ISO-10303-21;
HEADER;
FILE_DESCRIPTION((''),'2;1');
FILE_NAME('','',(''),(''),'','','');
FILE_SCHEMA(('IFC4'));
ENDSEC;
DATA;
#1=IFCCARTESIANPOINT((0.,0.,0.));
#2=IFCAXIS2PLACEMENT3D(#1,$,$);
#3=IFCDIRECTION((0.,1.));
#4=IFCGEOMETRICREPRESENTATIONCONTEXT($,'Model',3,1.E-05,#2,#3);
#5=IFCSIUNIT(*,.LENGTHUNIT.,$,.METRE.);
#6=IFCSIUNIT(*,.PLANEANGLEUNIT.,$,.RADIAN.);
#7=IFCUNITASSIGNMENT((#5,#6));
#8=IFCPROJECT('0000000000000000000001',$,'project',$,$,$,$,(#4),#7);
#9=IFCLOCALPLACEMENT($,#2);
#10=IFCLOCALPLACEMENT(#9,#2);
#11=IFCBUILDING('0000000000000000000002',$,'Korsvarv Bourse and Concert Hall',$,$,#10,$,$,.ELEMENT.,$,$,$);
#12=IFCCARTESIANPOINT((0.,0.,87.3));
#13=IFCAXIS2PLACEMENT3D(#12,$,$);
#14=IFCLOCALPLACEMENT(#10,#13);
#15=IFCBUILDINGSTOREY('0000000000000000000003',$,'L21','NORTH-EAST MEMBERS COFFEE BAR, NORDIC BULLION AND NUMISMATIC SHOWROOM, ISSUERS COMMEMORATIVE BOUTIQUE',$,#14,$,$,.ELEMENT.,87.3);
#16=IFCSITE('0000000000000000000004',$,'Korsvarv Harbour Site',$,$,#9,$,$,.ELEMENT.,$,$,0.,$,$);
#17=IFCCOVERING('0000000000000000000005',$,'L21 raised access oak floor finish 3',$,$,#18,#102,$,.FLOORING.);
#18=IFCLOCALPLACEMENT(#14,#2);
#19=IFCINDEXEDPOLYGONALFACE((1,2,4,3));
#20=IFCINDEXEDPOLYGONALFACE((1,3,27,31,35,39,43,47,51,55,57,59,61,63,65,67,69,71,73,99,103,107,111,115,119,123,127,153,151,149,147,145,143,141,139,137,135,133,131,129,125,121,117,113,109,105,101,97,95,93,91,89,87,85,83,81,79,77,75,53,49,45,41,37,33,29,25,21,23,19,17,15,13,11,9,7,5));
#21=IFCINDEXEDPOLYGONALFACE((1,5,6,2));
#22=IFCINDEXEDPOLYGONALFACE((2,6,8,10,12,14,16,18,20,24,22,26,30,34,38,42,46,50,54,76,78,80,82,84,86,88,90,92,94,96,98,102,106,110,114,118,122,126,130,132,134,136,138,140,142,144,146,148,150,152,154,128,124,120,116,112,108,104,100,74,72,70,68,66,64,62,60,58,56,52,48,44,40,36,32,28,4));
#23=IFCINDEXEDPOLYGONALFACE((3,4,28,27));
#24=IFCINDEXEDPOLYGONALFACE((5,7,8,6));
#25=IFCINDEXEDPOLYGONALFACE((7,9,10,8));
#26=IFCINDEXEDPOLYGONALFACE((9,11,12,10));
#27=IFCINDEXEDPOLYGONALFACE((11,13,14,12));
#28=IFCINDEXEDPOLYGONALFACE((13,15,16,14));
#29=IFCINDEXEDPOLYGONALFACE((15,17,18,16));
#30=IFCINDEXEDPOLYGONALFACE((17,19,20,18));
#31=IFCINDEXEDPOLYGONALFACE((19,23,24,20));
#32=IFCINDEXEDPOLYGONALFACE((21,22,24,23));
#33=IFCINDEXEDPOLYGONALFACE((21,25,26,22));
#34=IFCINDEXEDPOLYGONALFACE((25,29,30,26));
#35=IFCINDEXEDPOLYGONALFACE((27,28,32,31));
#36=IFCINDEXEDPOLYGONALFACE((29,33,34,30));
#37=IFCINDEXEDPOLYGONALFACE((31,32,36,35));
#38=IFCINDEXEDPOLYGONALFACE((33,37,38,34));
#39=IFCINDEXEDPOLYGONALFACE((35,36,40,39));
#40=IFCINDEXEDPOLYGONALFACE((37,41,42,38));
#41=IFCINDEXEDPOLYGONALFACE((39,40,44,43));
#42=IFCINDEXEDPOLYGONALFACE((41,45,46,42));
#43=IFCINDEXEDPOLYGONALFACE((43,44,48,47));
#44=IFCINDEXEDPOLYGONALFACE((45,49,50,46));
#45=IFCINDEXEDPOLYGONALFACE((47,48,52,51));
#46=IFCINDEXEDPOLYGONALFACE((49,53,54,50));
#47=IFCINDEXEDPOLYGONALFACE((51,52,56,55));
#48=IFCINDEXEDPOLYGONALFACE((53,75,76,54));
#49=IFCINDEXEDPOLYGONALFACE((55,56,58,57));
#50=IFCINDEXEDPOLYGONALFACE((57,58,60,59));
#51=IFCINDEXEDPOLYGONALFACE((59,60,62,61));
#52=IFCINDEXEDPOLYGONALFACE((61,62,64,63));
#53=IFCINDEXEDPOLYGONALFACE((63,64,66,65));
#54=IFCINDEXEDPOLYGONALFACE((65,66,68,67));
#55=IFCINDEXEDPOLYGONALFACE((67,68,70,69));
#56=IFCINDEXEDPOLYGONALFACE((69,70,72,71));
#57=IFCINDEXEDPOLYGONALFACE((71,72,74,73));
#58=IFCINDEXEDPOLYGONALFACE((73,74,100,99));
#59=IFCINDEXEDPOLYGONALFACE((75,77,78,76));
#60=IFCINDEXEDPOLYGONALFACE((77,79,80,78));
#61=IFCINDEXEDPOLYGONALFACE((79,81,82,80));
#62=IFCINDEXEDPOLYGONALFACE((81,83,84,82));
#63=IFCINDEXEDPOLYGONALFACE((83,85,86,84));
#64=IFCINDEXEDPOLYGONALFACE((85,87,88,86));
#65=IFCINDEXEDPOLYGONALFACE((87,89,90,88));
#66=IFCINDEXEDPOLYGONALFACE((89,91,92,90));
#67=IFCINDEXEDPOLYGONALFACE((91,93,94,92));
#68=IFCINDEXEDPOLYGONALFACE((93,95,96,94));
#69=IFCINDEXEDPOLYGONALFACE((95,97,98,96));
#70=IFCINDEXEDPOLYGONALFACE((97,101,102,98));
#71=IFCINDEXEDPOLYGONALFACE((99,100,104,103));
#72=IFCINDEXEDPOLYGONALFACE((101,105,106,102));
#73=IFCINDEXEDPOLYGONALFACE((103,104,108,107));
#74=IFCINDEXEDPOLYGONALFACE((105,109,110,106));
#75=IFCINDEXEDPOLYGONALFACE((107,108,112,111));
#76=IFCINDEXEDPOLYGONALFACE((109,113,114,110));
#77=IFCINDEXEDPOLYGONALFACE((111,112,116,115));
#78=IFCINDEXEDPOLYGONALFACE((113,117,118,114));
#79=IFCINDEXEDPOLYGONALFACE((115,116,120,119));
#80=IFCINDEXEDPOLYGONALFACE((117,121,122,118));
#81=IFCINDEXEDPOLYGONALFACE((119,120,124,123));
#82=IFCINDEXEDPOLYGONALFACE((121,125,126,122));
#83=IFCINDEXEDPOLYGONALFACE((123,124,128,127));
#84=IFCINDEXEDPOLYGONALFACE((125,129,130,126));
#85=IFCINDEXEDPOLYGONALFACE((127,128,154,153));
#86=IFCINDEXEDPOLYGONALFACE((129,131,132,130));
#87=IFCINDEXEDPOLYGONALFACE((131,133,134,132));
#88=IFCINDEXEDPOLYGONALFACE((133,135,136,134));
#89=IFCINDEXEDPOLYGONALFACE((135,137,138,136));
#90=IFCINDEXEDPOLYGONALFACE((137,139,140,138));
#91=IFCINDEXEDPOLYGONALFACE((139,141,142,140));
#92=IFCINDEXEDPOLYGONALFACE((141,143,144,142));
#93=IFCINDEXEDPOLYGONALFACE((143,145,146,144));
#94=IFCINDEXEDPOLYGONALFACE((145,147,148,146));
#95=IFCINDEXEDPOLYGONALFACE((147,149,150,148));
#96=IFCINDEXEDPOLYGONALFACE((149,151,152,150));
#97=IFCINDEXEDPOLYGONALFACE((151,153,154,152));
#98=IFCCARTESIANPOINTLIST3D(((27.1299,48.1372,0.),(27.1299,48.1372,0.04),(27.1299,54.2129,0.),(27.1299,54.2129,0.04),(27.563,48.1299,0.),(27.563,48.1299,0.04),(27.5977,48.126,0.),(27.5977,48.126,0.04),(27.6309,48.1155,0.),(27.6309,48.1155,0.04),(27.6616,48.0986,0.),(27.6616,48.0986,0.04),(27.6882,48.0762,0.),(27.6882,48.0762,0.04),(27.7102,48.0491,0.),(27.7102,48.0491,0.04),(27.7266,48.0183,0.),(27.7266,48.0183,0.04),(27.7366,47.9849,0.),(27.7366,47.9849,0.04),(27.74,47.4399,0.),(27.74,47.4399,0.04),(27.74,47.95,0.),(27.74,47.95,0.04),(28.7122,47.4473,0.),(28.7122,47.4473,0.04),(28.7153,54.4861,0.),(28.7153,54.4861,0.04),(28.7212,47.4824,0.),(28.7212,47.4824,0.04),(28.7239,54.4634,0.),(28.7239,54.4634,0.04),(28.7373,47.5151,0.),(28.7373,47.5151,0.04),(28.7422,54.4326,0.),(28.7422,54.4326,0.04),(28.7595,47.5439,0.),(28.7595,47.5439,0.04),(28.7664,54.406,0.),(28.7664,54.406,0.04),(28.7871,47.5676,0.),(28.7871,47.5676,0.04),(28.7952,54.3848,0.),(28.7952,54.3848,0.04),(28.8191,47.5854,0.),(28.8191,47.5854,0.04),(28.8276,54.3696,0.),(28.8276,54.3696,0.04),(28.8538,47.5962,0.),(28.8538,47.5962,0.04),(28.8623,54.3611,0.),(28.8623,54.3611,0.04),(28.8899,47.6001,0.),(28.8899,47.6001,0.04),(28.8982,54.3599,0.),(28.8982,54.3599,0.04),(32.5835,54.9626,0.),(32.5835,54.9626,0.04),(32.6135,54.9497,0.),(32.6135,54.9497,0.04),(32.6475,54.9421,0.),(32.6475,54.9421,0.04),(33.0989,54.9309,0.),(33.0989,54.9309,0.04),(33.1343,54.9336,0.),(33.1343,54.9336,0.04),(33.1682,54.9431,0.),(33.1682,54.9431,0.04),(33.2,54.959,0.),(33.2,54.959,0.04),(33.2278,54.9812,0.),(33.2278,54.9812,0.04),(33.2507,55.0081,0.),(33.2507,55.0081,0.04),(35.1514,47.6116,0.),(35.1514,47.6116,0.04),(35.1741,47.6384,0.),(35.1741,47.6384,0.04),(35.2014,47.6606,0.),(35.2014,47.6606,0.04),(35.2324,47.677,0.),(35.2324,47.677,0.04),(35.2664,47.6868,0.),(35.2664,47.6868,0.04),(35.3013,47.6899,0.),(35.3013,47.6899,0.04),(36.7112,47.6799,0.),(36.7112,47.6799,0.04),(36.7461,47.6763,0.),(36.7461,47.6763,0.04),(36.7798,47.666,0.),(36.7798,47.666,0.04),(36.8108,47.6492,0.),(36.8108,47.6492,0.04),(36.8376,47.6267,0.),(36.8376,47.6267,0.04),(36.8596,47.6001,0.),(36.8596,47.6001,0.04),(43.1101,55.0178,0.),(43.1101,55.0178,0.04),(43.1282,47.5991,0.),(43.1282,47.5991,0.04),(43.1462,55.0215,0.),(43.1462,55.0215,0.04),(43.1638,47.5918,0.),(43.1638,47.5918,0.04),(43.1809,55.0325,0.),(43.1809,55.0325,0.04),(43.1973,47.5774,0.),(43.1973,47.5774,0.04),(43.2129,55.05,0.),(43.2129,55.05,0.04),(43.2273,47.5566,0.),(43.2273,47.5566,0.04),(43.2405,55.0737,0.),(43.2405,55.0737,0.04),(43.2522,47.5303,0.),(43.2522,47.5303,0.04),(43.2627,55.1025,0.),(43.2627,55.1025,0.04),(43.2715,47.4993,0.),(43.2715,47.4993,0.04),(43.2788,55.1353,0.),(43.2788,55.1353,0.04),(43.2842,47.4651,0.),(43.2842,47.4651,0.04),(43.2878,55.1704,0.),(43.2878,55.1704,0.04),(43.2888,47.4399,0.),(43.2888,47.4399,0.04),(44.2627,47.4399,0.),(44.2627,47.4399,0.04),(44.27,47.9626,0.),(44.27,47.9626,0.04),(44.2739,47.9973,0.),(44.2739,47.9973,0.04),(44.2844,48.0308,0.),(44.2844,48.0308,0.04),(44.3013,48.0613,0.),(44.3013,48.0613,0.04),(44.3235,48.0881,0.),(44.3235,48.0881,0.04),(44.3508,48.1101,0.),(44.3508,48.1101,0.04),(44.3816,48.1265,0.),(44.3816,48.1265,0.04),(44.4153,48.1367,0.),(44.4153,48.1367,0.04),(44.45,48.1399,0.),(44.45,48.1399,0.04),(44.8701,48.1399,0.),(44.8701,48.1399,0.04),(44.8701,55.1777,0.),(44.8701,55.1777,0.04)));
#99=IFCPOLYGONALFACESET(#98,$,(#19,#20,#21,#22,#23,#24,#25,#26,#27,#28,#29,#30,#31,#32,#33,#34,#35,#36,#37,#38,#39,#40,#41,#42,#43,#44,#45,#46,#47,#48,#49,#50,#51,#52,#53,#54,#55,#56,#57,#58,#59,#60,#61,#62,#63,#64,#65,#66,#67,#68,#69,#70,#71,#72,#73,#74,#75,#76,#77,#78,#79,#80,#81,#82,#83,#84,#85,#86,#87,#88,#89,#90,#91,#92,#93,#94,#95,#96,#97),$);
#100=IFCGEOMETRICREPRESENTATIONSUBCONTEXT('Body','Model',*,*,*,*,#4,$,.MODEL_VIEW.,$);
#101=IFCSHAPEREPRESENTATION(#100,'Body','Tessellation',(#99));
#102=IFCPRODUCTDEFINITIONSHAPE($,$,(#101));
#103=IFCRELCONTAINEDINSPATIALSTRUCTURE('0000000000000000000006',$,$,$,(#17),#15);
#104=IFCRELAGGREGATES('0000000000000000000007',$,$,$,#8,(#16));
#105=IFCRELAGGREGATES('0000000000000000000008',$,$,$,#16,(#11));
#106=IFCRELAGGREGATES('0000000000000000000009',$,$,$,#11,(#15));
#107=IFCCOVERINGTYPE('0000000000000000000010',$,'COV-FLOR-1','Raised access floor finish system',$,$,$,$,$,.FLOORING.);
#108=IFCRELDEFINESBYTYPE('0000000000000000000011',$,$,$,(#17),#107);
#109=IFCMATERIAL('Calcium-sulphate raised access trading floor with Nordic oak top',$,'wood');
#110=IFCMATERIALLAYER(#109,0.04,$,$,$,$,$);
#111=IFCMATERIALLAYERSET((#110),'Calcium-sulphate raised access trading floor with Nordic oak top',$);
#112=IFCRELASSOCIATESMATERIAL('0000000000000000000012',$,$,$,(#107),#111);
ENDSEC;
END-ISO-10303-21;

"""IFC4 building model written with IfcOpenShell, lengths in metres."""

from ifc_helpers import new_model, si_unit, direction, frame, origin, place, context, subcontext, project, spatial, polyline, outline, extrude, material, layer, layer_set, type_object, element, save


model = new_model("IFC4")

# Units and contexts
model_context = context("Model", 3, precision=1e-05, world=origin(), true_north=direction((0.0, 1.0)))
body_context = subcontext(model_context, "Body", "Model", "MODEL_VIEW")
ifc_project = project(units=[si_unit("LENGTHUNIT", "METRE"), si_unit("PLANEANGLEUNIT", "RADIAN")], contexts=[model_context])

# Site, building, storey
site_placement = place(None, origin())
site = spatial("IfcSite", under=ifc_project, at=site_placement, Name="Korsvarv Harbour Site", CompositionType="ELEMENT", RefElevation=0.0)
building_placement = place(site_placement, origin())
building = spatial("IfcBuilding", under=site, at=building_placement, Name="Korsvarv Bourse and Concert Hall", CompositionType="ELEMENT")
storey_placement = place(building_placement, frame((0.0, 0.0, 87.3)))
storey = spatial("IfcBuildingStorey", under=building, at=storey_placement, Name="L21", Description="NORTH-EAST MEMBERS COFFEE BAR, NORDIC BULLION AND NUMISMATIC SHOWROOM, ISSUERS COMMEMORATIVE BOUTIQUE", CompositionType="ELEMENT", Elevation=87.3)

# Covering
ifc_material_1 = material(Name="Calcium-sulphate raised access trading floor with Nordic oak top", Category="wood")
ifc_layer_1 = layer(ifc_material_1, 0.04)
ifc_layer_set_1 = layer_set([ifc_layer_1], Name="Calcium-sulphate raised access trading floor with Nordic oak top")
covering_type_1 = type_object("IfcCoveringType", Name="COV-FLOR-1", Description="Raised access floor finish system", PredefinedType="FLOORING", material=ifc_layer_set_1)
covering_1_placement = place(storey_placement, origin())
element("IfcCovering", 1, at=covering_1_placement, inside=storey, type_object=covering_type_1, Name="L21 raised access oak floor finish 3", PredefinedType="FLOORING", context=body_context, shape_type="SweptSolid", body=[
    extrude(outline(polyline([(28.7153, 54.4861), (28.7239, 54.4634), (28.7422, 54.4326), (28.7664, 54.406), (28.7952, 54.3848), (28.8276, 54.3696), (28.8623, 54.3611), (28.8982, 54.3599), (32.5835, 54.9626), (32.6135, 54.9497), (32.6475, 54.9421), (33.0989, 54.9309), (33.1343, 54.9336), (33.1682, 54.9431), (33.2, 54.959), (33.2278, 54.9812), (33.2507, 55.0081), (43.1101, 55.0178), (43.1462, 55.0215), (43.1809, 55.0325), (43.2129, 55.05), (43.2405, 55.0737), (43.2627, 55.1025), (43.2788, 55.1353), (43.2878, 55.1704), (44.8701, 55.1777), (44.8701, 48.1399), (44.45, 48.1399), (44.4153, 48.1367), (44.3816, 48.1265), (44.3508, 48.1101), (44.3235, 48.0881), (44.3013, 48.0613), (44.2844, 48.0308), (44.2739, 47.9973), (44.27, 47.9626), (44.2627, 47.4399), (43.2888, 47.4399), (43.2842, 47.4651), (43.2715, 47.4993), (43.2522, 47.5303), (43.2273, 47.5566), (43.1973, 47.5774), (43.1638, 47.5918), (43.1282, 47.5991), (36.8596, 47.6001), (36.8376, 47.6267), (36.8108, 47.6492), (36.7798, 47.666), (36.7461, 47.6763), (36.7112, 47.6799), (35.3013, 47.6899), (35.2664, 47.6868), (35.2324, 47.677), (35.2014, 47.6606), (35.1741, 47.6384), (35.1514, 47.6116), (28.8899, 47.6001), (28.8538, 47.5962), (28.8191, 47.5854), (28.7871, 47.5676), (28.7595, 47.5439), (28.7373, 47.5151), (28.7212, 47.4824), (28.7122, 47.4473), (27.74, 47.4399), (27.74, 47.95), (27.7366, 47.9849), (27.7266, 48.0183), (27.7102, 48.0491), (27.6882, 48.0762), (27.6616, 48.0986), (27.6309, 48.1155), (27.5977, 48.126), (27.563, 48.1299), (27.1299, 48.1372), (27.1299, 54.2129), (28.7153, 54.4861)])), origin(), (0.0, 0.0, 1.0), 0.04),
])

save(model, "model.ifc")
